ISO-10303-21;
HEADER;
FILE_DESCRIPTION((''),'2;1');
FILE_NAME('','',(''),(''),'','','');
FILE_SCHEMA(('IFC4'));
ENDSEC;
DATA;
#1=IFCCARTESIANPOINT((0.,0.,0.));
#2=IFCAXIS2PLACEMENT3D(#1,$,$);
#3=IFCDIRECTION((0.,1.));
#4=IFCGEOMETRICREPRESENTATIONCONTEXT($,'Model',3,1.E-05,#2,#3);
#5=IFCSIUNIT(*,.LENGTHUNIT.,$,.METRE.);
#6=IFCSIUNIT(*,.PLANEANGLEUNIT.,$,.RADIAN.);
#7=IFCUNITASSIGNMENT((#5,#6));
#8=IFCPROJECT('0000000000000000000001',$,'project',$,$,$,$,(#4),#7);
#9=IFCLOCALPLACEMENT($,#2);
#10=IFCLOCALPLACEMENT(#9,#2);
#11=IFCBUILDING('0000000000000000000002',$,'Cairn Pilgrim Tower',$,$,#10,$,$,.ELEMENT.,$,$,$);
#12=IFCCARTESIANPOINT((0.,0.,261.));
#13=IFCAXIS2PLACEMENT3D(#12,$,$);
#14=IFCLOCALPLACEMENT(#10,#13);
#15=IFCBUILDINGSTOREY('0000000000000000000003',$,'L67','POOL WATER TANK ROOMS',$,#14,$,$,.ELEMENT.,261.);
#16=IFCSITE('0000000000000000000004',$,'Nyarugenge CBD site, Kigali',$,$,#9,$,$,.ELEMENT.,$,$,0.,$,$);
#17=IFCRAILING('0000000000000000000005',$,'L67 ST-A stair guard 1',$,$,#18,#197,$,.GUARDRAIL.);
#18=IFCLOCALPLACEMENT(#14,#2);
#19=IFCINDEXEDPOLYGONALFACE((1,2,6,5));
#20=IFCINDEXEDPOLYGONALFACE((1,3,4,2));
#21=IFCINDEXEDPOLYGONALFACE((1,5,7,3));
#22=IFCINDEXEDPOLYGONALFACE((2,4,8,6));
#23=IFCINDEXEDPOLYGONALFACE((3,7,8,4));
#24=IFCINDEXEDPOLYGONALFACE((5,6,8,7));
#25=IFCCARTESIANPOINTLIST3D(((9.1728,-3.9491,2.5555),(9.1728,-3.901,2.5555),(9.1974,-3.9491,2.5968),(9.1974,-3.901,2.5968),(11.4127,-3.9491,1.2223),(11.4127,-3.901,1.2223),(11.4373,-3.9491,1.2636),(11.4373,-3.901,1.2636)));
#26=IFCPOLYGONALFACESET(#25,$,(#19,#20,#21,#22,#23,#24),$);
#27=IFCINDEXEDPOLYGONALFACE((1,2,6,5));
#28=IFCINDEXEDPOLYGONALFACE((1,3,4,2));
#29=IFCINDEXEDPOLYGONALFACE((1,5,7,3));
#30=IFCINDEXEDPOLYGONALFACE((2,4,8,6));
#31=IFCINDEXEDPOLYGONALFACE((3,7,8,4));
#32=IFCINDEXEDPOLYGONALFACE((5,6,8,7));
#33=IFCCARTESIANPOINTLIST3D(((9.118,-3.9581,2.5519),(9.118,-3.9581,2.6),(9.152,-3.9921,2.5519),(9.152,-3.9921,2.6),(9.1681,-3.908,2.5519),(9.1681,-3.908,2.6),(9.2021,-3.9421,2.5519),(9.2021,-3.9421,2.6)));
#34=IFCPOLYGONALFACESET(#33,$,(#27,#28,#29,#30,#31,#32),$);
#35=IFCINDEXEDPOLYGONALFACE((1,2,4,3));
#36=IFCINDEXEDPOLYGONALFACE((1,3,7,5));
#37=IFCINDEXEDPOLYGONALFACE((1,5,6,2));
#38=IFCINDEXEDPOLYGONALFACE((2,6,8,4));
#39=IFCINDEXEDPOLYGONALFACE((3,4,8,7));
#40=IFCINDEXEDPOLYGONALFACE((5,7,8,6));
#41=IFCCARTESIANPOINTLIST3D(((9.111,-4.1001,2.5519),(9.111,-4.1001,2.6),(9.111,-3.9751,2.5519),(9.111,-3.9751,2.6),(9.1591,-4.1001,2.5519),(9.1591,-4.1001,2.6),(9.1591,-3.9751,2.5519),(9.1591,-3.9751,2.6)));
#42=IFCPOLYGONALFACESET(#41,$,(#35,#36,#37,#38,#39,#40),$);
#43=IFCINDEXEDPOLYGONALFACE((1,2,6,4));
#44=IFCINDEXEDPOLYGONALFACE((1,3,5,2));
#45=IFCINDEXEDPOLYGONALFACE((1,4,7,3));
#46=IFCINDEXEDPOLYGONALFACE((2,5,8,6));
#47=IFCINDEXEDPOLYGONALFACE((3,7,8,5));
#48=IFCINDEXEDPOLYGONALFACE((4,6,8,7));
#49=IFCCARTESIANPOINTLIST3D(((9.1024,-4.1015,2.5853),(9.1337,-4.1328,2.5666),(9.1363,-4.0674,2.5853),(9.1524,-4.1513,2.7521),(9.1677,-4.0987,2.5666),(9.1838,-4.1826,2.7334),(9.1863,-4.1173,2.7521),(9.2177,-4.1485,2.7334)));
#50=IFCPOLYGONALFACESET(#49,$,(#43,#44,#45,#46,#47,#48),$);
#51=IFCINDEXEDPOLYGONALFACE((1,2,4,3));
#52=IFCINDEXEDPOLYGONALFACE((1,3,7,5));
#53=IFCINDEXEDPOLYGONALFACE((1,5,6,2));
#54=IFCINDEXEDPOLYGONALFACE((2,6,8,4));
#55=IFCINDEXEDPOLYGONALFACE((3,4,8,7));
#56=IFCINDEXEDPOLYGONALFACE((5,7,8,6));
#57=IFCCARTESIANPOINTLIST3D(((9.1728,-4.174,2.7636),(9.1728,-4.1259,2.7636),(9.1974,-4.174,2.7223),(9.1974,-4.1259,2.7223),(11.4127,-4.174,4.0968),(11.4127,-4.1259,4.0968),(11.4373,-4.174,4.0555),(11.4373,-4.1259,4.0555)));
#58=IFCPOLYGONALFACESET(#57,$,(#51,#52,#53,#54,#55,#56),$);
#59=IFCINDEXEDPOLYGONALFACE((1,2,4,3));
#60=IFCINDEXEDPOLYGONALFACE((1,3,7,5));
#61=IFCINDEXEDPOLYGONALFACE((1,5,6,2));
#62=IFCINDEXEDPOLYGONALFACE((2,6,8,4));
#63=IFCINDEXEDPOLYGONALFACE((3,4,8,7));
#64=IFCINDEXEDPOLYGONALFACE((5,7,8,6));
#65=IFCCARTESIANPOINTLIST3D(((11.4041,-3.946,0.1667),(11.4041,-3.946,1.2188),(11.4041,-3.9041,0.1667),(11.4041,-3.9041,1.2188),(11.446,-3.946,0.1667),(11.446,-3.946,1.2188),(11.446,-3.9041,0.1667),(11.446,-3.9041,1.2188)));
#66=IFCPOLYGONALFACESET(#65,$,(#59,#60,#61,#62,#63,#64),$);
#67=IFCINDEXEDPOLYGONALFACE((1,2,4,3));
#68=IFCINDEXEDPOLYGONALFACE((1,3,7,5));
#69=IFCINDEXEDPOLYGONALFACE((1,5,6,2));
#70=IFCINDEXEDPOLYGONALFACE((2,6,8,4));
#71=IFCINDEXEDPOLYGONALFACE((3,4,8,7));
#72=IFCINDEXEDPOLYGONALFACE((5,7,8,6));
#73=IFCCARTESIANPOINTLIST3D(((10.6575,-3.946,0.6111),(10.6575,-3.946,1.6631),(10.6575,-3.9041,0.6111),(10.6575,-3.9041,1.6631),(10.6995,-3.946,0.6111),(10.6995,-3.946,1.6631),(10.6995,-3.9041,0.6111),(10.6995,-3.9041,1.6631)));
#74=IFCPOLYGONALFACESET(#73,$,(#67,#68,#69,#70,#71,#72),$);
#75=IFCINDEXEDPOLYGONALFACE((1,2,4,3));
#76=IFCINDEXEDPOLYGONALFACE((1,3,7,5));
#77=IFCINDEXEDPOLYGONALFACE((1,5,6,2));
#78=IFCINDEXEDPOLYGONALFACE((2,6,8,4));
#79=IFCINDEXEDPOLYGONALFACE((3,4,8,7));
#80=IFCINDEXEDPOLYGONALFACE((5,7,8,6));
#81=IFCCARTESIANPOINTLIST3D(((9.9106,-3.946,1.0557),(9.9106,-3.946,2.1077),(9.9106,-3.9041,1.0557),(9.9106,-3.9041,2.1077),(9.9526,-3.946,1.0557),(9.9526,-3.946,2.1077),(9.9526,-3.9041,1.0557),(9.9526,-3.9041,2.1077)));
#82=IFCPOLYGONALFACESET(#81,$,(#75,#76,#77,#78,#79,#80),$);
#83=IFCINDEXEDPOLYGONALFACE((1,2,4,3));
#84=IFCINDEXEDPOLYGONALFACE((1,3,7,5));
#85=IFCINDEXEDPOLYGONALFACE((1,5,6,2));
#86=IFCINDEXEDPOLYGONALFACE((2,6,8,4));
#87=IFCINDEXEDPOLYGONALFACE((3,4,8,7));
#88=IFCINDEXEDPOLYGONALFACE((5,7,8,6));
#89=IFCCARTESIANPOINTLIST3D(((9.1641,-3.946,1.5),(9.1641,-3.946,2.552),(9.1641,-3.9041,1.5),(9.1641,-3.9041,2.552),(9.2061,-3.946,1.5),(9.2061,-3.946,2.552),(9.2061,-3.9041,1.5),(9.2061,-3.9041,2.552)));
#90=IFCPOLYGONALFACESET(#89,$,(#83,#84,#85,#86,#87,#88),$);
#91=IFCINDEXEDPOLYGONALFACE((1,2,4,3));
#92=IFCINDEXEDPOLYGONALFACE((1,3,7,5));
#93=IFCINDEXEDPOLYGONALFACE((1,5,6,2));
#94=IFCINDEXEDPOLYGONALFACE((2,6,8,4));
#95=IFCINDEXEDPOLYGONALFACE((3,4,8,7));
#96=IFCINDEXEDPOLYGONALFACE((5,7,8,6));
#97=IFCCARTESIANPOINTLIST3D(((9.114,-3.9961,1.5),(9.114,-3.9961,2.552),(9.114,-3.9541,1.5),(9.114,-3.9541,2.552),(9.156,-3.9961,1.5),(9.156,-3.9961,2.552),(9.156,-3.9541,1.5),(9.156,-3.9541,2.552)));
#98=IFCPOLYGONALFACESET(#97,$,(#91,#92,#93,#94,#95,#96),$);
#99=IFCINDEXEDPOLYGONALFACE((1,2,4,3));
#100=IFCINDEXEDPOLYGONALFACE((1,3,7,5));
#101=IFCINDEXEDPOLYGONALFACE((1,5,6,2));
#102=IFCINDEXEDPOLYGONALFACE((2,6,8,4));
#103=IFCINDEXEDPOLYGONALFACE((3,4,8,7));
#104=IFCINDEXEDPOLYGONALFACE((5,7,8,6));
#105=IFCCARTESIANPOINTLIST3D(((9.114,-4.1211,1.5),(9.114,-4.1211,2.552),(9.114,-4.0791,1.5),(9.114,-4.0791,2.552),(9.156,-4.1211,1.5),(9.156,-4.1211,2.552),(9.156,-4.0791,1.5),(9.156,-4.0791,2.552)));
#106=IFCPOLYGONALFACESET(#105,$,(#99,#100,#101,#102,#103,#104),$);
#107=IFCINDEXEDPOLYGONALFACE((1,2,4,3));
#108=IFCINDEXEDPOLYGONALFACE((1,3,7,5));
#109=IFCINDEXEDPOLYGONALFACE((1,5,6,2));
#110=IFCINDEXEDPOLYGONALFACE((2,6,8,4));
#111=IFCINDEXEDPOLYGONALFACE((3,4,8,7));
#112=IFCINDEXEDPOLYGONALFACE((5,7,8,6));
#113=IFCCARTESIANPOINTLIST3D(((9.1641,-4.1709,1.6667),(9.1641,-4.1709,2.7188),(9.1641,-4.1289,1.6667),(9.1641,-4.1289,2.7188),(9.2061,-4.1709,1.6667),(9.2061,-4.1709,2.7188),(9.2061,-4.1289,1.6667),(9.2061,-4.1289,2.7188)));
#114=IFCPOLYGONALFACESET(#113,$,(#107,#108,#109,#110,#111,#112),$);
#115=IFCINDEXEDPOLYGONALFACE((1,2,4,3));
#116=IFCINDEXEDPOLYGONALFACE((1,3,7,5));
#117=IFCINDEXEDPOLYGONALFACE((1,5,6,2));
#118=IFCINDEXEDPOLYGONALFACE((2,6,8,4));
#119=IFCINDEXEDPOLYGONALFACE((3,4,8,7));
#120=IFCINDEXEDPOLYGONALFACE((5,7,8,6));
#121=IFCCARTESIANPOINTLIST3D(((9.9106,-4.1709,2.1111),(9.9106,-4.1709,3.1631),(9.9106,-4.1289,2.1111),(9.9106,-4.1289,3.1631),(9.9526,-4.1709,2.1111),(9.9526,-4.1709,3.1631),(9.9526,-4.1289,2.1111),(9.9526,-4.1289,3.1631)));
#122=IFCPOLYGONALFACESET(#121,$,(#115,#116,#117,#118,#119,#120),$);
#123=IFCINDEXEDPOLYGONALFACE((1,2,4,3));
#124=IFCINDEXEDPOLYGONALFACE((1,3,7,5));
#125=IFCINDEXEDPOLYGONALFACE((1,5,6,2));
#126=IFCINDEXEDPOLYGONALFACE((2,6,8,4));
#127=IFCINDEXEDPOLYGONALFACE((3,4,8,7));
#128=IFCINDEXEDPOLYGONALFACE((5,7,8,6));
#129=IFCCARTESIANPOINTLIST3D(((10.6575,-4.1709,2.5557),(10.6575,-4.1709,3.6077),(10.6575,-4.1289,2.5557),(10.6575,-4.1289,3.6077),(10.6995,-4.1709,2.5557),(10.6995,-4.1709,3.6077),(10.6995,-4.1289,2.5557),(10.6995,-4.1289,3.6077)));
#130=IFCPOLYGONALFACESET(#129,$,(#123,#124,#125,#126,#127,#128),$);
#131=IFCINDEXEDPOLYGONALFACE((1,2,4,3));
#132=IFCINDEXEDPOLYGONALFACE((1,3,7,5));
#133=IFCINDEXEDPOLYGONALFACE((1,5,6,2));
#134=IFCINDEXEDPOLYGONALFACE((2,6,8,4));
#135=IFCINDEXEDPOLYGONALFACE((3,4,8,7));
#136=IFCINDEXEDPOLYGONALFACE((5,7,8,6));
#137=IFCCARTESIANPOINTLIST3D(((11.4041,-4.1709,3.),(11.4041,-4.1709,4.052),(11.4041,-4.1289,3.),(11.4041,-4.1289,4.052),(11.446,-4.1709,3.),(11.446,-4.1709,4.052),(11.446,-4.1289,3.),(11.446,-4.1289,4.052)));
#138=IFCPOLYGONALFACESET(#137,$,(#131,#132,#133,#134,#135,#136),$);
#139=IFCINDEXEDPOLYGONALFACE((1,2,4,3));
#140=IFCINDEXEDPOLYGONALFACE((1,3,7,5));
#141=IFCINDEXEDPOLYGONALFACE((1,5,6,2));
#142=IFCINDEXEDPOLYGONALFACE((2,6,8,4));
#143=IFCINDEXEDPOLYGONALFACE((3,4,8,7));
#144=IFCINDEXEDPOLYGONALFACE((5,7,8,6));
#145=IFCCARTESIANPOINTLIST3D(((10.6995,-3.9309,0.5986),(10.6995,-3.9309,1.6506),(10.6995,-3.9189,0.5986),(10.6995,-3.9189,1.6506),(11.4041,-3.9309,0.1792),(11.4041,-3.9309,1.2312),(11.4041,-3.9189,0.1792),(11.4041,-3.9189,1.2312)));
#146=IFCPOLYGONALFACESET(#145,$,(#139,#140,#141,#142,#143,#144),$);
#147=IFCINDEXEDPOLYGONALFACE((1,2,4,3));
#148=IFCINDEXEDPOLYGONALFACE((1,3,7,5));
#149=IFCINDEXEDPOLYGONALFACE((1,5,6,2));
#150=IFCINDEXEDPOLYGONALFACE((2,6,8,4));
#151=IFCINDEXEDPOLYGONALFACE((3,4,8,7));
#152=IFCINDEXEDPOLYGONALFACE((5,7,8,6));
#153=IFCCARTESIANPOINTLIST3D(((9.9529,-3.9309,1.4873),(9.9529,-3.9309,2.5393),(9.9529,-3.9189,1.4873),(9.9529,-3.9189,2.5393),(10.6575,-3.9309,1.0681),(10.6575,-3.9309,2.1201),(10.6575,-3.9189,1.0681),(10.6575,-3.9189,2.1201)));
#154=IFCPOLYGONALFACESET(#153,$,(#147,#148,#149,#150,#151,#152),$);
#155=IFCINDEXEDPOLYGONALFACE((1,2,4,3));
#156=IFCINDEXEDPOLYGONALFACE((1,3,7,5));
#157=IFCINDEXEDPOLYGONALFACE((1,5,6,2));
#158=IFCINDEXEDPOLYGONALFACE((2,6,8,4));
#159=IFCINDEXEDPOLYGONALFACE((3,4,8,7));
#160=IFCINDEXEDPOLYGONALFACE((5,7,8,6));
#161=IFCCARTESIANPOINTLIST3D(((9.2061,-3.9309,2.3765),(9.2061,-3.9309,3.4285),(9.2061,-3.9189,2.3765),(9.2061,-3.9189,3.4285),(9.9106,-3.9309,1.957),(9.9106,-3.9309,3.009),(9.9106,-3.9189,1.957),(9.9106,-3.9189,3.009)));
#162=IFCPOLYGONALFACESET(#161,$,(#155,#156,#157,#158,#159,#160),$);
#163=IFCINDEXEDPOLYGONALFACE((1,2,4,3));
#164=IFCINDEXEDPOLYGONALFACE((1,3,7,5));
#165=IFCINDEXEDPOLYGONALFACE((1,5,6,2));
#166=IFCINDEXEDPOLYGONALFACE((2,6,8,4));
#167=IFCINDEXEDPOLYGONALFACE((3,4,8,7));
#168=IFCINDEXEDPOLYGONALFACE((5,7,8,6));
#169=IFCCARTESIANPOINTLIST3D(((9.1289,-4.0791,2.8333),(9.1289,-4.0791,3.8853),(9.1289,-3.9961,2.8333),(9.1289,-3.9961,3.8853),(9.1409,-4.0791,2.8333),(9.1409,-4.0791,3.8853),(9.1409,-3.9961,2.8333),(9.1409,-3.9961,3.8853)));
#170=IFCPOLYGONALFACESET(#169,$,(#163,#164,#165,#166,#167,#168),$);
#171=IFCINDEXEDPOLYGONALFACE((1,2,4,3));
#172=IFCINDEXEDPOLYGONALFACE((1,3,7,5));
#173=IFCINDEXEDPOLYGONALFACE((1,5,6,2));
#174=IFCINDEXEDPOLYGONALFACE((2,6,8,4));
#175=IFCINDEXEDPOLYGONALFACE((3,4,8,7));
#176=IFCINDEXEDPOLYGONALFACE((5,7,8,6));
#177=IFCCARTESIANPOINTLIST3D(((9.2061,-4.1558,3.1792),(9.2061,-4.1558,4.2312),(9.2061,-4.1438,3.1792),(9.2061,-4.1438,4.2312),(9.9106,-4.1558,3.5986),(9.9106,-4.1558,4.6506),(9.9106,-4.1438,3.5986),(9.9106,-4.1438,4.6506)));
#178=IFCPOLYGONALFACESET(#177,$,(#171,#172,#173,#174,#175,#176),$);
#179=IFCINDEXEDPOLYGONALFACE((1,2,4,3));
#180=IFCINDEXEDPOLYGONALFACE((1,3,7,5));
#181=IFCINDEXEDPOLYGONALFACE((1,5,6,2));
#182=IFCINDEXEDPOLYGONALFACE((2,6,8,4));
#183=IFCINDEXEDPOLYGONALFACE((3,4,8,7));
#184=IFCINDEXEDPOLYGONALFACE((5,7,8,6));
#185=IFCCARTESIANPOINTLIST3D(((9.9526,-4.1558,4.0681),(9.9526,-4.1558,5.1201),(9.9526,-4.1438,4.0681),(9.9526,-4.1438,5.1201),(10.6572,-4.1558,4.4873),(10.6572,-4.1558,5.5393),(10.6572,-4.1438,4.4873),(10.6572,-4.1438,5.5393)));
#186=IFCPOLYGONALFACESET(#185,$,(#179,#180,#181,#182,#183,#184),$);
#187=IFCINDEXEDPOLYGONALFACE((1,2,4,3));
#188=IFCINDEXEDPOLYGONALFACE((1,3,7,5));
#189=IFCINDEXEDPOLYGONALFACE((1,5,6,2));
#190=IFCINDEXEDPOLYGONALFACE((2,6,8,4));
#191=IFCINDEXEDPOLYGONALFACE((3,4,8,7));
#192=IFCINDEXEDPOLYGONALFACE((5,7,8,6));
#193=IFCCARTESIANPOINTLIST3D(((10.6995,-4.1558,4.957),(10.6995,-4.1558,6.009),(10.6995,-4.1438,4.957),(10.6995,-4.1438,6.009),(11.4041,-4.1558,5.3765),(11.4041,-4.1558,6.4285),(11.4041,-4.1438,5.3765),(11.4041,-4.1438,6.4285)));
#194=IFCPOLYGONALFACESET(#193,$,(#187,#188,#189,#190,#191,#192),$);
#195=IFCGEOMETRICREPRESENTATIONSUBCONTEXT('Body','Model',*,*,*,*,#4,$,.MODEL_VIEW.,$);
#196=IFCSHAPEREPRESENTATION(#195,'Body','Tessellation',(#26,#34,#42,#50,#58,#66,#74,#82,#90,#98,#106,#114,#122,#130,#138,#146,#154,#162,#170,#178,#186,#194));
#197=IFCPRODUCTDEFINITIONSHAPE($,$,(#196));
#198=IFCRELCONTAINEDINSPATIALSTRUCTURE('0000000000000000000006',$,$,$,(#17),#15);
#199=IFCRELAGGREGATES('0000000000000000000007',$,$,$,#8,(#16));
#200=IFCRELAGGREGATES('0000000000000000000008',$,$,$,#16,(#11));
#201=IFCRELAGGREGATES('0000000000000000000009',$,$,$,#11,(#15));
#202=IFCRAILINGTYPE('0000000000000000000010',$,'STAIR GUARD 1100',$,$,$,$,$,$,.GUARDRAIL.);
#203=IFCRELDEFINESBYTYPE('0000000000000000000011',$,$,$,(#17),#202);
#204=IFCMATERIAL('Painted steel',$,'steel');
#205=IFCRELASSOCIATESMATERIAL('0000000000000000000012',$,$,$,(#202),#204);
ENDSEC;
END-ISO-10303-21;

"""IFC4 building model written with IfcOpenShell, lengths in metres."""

from ifc_helpers import new_model, si_unit, direction, frame, origin, origin_2d, place, context, subcontext, project, spatial, polyline, rectangle, outline, extrude, material, type_object, element, save


model = new_model("IFC4")

# Units and contexts
model_context = context("Model", 3, precision=1e-05, world=origin(), true_north=direction((0.0, 1.0)))
body_context = subcontext(model_context, "Body", "Model", "MODEL_VIEW")
ifc_project = project(units=[si_unit("LENGTHUNIT", "METRE"), si_unit("PLANEANGLEUNIT", "RADIAN")], contexts=[model_context])

# Site, building, storey
site_placement = place(None, origin())
site = spatial("IfcSite", under=ifc_project, at=site_placement, Name="Nyarugenge CBD site, Kigali", CompositionType="ELEMENT", RefElevation=0.0)
building_placement = place(site_placement, origin())
building = spatial("IfcBuilding", under=site, at=building_placement, Name="Cairn Pilgrim Tower", CompositionType="ELEMENT")
storey_placement = place(building_placement, frame((0.0, 0.0, 261.0)))
storey = spatial("IfcBuildingStorey", under=building, at=storey_placement, Name="L67", Description="POOL WATER TANK ROOMS", CompositionType="ELEMENT", Elevation=261.0)

# Shared definitions
ifc_material_1 = material(Name="Painted steel", Category="steel")

# Railing
railing_type_1 = type_object("IfcRailingType", Name="STAIR GUARD 1100", PredefinedType="GUARDRAIL", material=ifc_material_1)
railing_1_placement = place(storey_placement, frame((11.425, -3.925, 0.1667)))
element("IfcRailing", 1, at=railing_1_placement, inside=storey, type_object=railing_type_1, Name="L67 ST-A stair guard 1", PredefinedType="GUARDRAIL", context=body_context, shape_type="SweptSolid", body=[
    extrude(rectangle(XDim=0.0481, YDim=0.0481, at=origin_2d()), frame((0.0, 0.0, 1.0762), z_axis=(-0.859306, 0.0, 0.511462), x_axis=(0.0, -1.0, 0.0)), (0.0, 0.0, 1.0), 2.6067),
    extrude(rectangle(XDim=0.0481, YDim=0.0481, at=origin_2d()), frame((-2.24, 0.0, 2.4092), z_axis=(-0.707107, -0.707107, 0.0), x_axis=(0.707107, -0.707107, 0.0)), (0.0, 0.0, 1.0), 0.0708),
    extrude(rectangle(XDim=0.0481, YDim=0.0481, at=origin_2d()), frame((-2.29, -0.05, 2.4092), z_axis=(0.0, -1.0, 0.0), x_axis=(1.0, 0.0, 0.0)), (0.0, 0.0, 1.0), 0.125),
    extrude(rectangle(XDim=0.0481, YDim=0.0481, at=origin_2d()), frame((-2.29, -0.175, 2.4092), z_axis=(0.276389, -0.275041, 0.920848), x_axis=(0.705376, 0.708834, 0.0)), (0.0, 0.0, 1.0), 0.1812),
    extrude(rectangle(XDim=0.0481, YDim=0.0481, at=origin_2d()), frame((-2.24, -0.2249, 2.5762), z_axis=(0.859306, 0.0, 0.511462), x_axis=(0.0, 1.0, 0.0)), (0.0, 0.0, 1.0), 2.6067),
    extrude(rectangle(XDim=0.042, YDim=0.042, at=origin_2d()), origin(), (0.0, 0.0, 1.0), 1.052),
    extrude(rectangle(XDim=0.042, YDim=0.042, at=origin_2d()), frame((-0.7466, 0.0, 0.4443)), (0.0, 0.0, 1.0), 1.052),
    extrude(rectangle(XDim=0.042, YDim=0.042, at=origin_2d()), frame((-1.4934, 0.0, 0.8889)), (0.0, 0.0, 1.0), 1.052),
    extrude(rectangle(XDim=0.042, YDim=0.042, at=origin_2d()), frame((-2.24, 0.0, 1.3333)), (0.0, 0.0, 1.0), 1.052),
    extrude(rectangle(XDim=0.042, YDim=0.042, at=origin_2d()), frame((-2.29, -0.05, 1.3333)), (0.0, 0.0, 1.0), 1.052),
    extrude(rectangle(XDim=0.042, YDim=0.042, at=origin_2d()), frame((-2.29, -0.175, 1.3333)), (0.0, 0.0, 1.0), 1.052),
    extrude(rectangle(XDim=0.042, YDim=0.042, at=origin_2d()), frame((-2.24, -0.2249, 1.5)), (0.0, 0.0, 1.0), 1.052),
    extrude(rectangle(XDim=0.042, YDim=0.042, at=origin_2d()), frame((-1.4934, -0.2249, 1.9443)), (0.0, 0.0, 1.0), 1.052),
    extrude(rectangle(XDim=0.042, YDim=0.042, at=origin_2d()), frame((-0.7466, -0.2249, 2.3889)), (0.0, 0.0, 1.0), 1.052),
    extrude(rectangle(XDim=0.042, YDim=0.042, at=origin_2d()), frame((0.0, -0.2249, 2.8333)), (0.0, 0.0, 1.0), 1.052),
    extrude(outline(polyline([(0.021, 0.0125), (0.7256, 0.4319), (0.7256, 1.4839), (0.021, 1.0645), (0.021, 0.0125)])), frame((0.0, -0.0059, 0.0), z_axis=(0.0, 1.0, 0.0), x_axis=(-1.0, 0.0, 0.0)), (0.0, 0.0, 1.0), 0.012),
    extrude(outline(polyline([(0.021, 0.457), (0.7256, 0.8762), (0.7256, 1.9282), (0.021, 1.509), (0.021, 0.457)])), frame((-0.7466, -0.0059, 0.4443), z_axis=(0.0, 1.0, 0.0), x_axis=(-1.0, 0.0, 0.0)), (0.0, 0.0, 1.0), 0.012),
    extrude(outline(polyline([(0.021, 0.9014), (0.7256, 1.3208), (0.7256, 2.3728), (0.021, 1.9534), (0.021, 0.9014)])), frame((-1.4934, -0.0059, 0.8889), z_axis=(0.0, 1.0, 0.0), x_axis=(-1.0, 0.0, 0.0)), (0.0, 0.0, 1.0), 0.012),
    extrude(outline(polyline([(0.021, 1.3333), (0.104, 1.3333), (0.104, 2.3853), (0.021, 2.3853), (0.021, 1.3333)])), frame((-2.2842, -0.05, 1.3333), z_axis=(-1.0, 0.0, 0.0), x_axis=(0.0, -1.0, 0.0)), (0.0, 0.0, 1.0), 0.012),
    extrude(outline(polyline([(0.021, 1.5125), (0.7256, 1.9319), (0.7256, 2.9839), (0.021, 2.5645), (0.021, 1.5125)])), frame((-2.24, -0.2188, 1.5), z_axis=(0.0, -1.0, 0.0), x_axis=(1.0, 0.0, 0.0)), (0.0, 0.0, 1.0), 0.012),
    extrude(outline(polyline([(0.021, 1.957), (0.7256, 2.3762), (0.7256, 3.4282), (0.021, 3.009), (0.021, 1.957)])), frame((-1.4934, -0.2188, 1.9443), z_axis=(0.0, -1.0, 0.0), x_axis=(1.0, 0.0, 0.0)), (0.0, 0.0, 1.0), 0.012),
    extrude(outline(polyline([(0.021, 2.4014), (0.7256, 2.8208), (0.7256, 3.8728), (0.021, 3.4534), (0.021, 2.4014)])), frame((-0.7466, -0.2188, 2.3889), z_axis=(0.0, -1.0, 0.0), x_axis=(1.0, 0.0, 0.0)), (0.0, 0.0, 1.0), 0.012),
])

save(model, "model.ifc")
